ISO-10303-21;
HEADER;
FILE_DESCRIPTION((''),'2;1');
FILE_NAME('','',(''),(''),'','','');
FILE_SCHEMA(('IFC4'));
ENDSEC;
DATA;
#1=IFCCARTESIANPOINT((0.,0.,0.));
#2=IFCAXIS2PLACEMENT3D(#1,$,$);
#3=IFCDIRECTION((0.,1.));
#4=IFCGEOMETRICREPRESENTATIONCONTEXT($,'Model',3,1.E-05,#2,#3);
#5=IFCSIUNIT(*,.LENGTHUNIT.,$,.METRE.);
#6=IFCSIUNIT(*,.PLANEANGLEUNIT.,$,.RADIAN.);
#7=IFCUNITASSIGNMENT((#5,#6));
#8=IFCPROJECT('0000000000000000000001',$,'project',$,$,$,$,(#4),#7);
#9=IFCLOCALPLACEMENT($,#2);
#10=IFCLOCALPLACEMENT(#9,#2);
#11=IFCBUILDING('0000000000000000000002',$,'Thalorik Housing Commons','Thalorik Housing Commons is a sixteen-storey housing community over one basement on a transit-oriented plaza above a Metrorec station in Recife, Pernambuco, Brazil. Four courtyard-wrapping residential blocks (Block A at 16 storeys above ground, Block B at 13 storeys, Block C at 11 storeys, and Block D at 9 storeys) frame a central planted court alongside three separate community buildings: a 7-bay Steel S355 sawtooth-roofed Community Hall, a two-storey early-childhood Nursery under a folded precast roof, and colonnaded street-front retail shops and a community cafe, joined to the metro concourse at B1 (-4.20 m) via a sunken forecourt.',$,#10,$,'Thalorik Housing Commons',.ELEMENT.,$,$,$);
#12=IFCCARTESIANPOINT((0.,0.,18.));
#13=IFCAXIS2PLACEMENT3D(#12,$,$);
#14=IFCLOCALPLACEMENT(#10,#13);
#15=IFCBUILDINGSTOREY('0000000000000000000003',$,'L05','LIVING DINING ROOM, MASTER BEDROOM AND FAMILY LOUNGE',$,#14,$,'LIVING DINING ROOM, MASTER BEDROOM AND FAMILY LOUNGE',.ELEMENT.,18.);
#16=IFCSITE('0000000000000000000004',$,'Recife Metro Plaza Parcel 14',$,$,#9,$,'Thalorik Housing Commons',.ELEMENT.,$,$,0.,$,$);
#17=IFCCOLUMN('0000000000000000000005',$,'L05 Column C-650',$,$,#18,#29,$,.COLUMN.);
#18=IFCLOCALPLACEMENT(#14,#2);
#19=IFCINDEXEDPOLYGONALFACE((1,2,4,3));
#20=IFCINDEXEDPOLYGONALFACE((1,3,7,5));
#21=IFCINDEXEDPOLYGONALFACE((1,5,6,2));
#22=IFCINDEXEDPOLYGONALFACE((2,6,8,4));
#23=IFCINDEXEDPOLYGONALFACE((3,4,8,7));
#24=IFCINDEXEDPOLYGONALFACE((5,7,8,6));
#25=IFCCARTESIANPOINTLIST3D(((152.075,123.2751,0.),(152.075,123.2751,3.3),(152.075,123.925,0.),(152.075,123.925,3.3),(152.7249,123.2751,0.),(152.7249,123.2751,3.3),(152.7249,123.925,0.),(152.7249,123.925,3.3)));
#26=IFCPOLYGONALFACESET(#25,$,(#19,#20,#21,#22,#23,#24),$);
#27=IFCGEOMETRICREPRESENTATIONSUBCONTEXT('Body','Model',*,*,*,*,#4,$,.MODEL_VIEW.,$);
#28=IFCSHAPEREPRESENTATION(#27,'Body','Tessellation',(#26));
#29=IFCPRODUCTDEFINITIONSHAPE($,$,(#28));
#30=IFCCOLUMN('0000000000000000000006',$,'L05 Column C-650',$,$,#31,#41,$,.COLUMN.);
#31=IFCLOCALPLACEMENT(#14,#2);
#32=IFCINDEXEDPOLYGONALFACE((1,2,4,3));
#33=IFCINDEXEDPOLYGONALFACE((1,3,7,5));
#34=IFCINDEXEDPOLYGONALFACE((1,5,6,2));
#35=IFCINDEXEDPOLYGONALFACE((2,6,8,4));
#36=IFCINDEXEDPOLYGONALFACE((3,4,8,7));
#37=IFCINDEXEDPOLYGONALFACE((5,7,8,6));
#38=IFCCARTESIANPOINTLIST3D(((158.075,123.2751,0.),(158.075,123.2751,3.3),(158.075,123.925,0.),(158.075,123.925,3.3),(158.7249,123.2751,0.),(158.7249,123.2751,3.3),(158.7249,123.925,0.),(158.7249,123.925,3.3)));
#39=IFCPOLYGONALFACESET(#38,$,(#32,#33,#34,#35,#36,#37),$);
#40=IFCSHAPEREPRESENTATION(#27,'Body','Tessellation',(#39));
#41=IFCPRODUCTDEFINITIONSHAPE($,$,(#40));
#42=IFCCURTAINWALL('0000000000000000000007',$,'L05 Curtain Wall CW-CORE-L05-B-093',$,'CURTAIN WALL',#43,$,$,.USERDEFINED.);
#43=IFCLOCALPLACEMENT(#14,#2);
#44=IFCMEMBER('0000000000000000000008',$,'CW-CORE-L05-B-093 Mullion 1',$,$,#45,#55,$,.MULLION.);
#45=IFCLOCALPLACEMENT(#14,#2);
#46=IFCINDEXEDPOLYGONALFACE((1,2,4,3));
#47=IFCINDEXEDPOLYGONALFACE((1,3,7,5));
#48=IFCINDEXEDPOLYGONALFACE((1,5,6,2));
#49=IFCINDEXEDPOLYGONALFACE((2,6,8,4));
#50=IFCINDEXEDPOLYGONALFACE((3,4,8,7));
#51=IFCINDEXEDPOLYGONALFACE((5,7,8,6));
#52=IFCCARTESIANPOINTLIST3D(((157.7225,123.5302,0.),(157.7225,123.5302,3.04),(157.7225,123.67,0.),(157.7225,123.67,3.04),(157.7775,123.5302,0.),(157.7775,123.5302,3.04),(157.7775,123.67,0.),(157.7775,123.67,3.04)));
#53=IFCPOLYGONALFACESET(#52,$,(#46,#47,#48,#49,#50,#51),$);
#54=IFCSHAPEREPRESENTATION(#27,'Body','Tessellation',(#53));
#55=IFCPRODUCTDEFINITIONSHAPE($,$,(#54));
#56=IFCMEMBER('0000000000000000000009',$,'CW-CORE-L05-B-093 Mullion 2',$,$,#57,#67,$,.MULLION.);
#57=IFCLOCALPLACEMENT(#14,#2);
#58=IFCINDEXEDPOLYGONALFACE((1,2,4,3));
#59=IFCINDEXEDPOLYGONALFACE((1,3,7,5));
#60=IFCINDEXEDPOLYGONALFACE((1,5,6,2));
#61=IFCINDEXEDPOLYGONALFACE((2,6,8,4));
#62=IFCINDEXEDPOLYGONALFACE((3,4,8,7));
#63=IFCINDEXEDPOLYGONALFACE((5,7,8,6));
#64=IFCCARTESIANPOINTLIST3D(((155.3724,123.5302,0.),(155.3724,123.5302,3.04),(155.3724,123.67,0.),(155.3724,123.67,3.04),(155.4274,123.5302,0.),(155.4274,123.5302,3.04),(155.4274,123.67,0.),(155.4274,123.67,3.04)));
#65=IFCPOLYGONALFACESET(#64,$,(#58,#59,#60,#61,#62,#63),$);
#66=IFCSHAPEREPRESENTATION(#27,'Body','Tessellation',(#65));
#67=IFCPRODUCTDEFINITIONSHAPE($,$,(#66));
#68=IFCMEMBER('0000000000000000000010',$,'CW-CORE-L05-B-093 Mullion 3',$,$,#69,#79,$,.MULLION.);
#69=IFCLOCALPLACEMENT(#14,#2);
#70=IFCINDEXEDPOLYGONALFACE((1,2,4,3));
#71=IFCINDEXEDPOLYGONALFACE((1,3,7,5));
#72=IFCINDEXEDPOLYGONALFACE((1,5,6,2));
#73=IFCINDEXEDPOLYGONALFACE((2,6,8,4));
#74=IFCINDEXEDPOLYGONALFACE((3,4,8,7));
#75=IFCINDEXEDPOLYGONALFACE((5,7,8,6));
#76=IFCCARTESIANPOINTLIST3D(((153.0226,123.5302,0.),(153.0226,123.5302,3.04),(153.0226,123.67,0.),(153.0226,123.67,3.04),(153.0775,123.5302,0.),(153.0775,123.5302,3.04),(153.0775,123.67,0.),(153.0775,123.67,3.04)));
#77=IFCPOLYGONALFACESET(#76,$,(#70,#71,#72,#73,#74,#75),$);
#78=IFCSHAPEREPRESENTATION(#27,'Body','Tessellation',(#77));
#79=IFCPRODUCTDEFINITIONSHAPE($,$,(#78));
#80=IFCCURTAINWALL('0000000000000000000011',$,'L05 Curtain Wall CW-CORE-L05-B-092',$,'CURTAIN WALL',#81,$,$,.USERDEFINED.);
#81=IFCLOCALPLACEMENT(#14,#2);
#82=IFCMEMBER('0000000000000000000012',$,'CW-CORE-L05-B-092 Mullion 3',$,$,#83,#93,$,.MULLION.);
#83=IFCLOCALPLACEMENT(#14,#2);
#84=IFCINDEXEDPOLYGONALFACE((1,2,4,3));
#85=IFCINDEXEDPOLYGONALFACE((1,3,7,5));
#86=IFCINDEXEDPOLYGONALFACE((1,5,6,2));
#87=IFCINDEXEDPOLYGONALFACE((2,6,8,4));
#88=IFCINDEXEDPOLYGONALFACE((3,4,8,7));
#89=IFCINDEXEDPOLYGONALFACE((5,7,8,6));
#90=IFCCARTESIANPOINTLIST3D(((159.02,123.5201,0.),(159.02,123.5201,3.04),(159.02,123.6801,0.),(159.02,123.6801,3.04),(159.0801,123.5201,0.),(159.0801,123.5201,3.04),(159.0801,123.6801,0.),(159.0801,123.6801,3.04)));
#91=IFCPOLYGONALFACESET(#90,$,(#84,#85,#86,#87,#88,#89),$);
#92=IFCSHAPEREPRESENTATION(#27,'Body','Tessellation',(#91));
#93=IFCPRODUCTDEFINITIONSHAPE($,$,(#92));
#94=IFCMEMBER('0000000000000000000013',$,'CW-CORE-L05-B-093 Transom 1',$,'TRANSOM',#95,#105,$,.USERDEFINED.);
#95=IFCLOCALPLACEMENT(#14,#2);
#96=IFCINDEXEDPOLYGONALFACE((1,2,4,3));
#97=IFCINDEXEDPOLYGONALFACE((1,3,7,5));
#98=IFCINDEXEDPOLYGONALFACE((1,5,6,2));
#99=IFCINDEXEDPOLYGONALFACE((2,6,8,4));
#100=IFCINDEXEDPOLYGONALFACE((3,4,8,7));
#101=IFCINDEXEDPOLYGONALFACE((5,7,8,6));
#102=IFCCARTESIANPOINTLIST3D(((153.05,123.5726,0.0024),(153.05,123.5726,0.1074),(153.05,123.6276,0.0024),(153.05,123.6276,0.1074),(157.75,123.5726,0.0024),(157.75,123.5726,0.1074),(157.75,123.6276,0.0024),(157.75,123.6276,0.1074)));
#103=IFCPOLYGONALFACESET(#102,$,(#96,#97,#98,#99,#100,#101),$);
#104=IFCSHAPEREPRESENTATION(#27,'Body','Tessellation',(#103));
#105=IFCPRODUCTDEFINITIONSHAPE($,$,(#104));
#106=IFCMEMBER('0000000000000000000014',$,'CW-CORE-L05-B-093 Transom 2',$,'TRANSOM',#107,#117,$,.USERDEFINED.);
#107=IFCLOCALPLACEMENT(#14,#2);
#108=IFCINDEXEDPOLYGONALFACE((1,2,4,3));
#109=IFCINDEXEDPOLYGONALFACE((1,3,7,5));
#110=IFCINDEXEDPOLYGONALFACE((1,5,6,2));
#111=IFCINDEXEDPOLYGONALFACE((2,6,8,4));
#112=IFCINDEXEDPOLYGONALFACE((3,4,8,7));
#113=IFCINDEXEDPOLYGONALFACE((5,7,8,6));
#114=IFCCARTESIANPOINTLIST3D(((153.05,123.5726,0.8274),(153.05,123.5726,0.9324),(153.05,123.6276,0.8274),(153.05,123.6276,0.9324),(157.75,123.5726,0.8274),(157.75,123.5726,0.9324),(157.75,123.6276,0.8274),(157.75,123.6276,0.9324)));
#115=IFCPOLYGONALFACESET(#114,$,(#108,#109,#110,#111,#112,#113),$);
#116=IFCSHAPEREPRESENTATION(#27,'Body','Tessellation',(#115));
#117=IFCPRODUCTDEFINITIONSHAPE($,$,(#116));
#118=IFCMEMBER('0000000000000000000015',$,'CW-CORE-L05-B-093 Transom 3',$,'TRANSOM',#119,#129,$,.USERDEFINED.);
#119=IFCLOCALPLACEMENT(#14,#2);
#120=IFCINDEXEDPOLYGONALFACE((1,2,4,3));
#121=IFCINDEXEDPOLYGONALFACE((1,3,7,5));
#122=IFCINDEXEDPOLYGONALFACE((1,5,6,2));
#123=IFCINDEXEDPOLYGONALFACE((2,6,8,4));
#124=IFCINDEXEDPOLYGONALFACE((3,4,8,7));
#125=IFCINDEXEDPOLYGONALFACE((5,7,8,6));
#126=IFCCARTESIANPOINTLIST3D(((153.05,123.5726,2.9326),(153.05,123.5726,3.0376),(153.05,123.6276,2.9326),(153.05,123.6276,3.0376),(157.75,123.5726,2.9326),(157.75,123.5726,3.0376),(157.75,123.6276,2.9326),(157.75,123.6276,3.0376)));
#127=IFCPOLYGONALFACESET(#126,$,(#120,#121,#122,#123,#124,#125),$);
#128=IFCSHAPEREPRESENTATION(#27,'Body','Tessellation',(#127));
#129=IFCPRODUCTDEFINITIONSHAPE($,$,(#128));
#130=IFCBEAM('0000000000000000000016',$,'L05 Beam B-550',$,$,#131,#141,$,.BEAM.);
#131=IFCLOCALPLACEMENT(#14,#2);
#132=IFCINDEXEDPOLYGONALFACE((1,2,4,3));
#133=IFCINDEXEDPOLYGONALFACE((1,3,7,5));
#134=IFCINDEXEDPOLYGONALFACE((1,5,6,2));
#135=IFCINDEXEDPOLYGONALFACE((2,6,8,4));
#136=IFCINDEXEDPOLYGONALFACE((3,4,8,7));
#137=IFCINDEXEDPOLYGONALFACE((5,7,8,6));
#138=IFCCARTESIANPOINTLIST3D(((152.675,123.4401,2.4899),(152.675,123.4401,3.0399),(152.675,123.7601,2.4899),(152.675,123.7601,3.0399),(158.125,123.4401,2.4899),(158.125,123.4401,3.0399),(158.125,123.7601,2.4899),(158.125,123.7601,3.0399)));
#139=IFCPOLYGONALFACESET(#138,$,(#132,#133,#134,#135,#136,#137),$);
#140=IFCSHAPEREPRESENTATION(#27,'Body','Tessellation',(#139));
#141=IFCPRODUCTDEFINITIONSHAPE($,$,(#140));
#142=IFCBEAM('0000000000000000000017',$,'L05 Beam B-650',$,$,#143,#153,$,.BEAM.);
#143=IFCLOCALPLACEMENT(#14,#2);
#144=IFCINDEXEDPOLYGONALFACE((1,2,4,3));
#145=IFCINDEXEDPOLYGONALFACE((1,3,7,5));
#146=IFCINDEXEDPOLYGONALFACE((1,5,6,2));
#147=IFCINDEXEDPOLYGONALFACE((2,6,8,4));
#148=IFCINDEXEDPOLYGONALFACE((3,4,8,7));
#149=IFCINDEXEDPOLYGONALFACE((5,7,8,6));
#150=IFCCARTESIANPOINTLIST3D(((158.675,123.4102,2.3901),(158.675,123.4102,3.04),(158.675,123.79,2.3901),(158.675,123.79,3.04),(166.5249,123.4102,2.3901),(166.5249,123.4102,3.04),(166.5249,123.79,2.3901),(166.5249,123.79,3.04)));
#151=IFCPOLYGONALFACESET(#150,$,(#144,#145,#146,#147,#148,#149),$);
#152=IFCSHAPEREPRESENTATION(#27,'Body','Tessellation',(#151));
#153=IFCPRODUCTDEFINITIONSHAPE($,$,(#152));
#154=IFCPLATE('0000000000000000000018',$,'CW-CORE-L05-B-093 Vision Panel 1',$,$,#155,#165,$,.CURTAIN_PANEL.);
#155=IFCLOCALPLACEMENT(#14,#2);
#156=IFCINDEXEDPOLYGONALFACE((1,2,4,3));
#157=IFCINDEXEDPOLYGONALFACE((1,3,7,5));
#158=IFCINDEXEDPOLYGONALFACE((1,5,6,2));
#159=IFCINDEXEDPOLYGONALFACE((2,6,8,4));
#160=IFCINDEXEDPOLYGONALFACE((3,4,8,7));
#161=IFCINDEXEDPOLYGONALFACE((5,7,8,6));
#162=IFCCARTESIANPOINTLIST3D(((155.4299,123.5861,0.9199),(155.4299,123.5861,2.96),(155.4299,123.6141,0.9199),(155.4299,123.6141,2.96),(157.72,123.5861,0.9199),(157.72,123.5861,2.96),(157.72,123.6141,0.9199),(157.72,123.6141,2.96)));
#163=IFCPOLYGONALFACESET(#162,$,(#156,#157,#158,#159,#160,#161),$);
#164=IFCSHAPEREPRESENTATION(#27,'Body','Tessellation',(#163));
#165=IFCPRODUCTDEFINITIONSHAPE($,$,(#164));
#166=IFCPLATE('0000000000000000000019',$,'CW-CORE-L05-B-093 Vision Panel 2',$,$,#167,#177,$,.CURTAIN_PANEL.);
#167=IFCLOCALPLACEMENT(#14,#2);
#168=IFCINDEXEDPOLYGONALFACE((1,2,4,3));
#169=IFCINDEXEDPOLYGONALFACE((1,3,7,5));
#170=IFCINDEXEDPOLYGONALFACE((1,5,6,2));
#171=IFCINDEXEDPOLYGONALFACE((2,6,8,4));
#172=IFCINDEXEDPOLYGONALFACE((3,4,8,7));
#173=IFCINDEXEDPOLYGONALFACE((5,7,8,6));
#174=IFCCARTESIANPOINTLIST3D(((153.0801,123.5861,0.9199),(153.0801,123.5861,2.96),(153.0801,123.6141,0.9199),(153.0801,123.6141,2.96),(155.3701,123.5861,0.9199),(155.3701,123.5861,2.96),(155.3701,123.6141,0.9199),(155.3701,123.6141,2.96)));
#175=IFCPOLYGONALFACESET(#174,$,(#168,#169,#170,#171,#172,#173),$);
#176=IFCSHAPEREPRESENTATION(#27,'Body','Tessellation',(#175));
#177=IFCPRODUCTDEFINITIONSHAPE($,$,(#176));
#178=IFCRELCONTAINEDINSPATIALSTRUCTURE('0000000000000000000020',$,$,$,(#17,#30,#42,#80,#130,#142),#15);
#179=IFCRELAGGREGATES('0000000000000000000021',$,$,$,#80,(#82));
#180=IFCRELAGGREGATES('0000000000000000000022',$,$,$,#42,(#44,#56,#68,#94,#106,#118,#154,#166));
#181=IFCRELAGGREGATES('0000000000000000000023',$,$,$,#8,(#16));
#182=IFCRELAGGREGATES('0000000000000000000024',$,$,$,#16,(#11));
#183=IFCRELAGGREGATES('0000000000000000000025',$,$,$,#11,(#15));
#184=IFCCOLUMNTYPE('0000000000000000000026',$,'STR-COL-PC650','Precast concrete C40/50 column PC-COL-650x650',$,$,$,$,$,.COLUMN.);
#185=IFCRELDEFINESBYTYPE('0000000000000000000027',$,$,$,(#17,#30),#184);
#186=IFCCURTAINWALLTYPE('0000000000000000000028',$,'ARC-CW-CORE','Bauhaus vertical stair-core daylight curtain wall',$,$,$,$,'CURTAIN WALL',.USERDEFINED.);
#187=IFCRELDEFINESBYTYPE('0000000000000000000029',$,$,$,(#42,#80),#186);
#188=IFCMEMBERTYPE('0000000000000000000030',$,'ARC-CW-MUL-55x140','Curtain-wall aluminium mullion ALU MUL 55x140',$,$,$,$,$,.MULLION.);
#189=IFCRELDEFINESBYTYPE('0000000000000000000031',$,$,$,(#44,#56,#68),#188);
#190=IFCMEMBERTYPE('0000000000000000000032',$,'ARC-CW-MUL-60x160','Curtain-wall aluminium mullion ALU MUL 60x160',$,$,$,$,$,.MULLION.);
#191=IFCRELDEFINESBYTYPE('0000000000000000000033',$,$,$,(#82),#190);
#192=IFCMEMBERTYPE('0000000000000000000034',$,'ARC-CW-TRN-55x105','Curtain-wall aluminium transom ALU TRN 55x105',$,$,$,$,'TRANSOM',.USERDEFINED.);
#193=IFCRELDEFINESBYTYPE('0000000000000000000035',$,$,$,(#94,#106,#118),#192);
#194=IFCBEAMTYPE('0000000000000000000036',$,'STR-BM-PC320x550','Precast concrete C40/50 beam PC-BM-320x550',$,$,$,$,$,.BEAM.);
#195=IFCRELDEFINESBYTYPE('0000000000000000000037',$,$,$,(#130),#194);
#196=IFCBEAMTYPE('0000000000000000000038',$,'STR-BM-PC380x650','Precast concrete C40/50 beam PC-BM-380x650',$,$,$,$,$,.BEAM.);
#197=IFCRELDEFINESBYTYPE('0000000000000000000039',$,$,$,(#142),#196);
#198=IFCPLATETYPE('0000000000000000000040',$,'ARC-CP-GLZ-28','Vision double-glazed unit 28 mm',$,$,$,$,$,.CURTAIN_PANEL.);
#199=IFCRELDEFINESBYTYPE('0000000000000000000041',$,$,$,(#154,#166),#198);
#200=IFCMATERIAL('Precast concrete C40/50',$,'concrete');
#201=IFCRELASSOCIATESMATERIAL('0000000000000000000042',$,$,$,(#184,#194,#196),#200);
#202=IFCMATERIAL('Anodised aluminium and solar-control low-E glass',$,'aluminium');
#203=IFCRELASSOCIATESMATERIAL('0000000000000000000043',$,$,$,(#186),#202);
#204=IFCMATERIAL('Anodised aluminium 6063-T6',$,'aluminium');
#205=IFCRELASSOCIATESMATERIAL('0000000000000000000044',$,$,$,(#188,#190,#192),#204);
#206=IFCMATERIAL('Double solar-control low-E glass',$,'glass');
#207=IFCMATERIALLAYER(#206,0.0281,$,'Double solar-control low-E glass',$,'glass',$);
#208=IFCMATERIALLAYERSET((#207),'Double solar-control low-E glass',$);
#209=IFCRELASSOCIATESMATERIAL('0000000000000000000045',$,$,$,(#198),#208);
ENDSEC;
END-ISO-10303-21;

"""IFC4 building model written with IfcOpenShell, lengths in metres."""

from ifc_helpers import new_model, si_unit, direction, frame, origin, origin_2d, place, context, subcontext, project, spatial, rectangle, extrude, material, layer, layer_set, material_profile, profile_set, type_object, element, aggregate, save


model = new_model("IFC4")

# Units and contexts
model_context = context("Model", 3, precision=1e-05, world=origin(), true_north=direction((0.0, 1.0)))
body_context = subcontext(model_context, "Body", "Model", "MODEL_VIEW")
ifc_project = project(units=[si_unit("LENGTHUNIT", "METRE"), si_unit("PLANEANGLEUNIT", "RADIAN")], contexts=[model_context])

# Site, building, storey
site_placement = place(None, origin())
site = spatial("IfcSite", under=ifc_project, at=site_placement, Name="Recife Metro Plaza Parcel 14", LongName="Thalorik Housing Commons", CompositionType="ELEMENT", RefElevation=0.0)
building_placement = place(site_placement, origin())
building = spatial("IfcBuilding", under=site, at=building_placement, Name="Thalorik Housing Commons", Description="Thalorik Housing Commons is a sixteen-storey housing community over one basement on a transit-oriented plaza above a Metrorec station in Recife, Pernambuco, Brazil. Four courtyard-wrapping residential blocks (Block A at 16 storeys above ground, Block B at 13 storeys, Block C at 11 storeys, and Block D at 9 storeys) frame a central planted court alongside three separate community buildings: a 7-bay Steel S355 sawtooth-roofed Community Hall, a two-storey early-childhood Nursery under a folded precast roof, and colonnaded street-front retail shops and a community cafe, joined to the metro concourse at B1 (-4.20 m) via a sunken forecourt.", LongName="Thalorik Housing Commons", CompositionType="ELEMENT")
storey_placement = place(building_placement, frame((0.0, 0.0, 18.0)))
storey = spatial("IfcBuildingStorey", under=building, at=storey_placement, Name="L05", Description="LIVING DINING ROOM, MASTER BEDROOM AND FAMILY LOUNGE", LongName="LIVING DINING ROOM, MASTER BEDROOM AND FAMILY LOUNGE", CompositionType="ELEMENT", Elevation=18.0)

# Columns
ifc_material_1 = material(Name="Precast concrete C40/50", Category="concrete")
ifc_material_profile_1 = material_profile(ifc_material_1, rectangle(XDim=0.6499, YDim=0.6499, at=origin_2d()), Name="PC 650x650", Category="concrete")
ifc_profile_set_1 = profile_set([ifc_material_profile_1], Name="Precast concrete C40/50")
column_type = type_object("IfcColumnType", Name="STR-COL-PC650", Description="Precast concrete C40/50 column PC-COL-650x650", PredefinedType="COLUMN", material=ifc_profile_set_1)
for number, where, z_axis, x_axis, name in (
    (1, (152.3999, 123.6001, 0.0), (0.0, 0.0, 1.0), (1.0, 0.0, 0.0), "L05 Column C-650"),
    (2, (158.3999, 123.6001, 0.0), (0.0, 0.0, 1.0), (1.0, 0.0, 0.0), "L05 Column C-650"),
):
    element("IfcColumn", number, at=place(storey_placement, frame(where, z_axis=z_axis, x_axis=x_axis)), inside=storey, type_object=column_type, Name=name, PredefinedType="COLUMN", context=body_context, shape_type="SweptSolid", body=[
        extrude(rectangle(XDim=0.6499, YDim=0.6499, at=origin_2d()), origin(), (0.0, 0.0, 1.0), 3.3),
    ])

# Curtain wall, members
ifc_material_2 = material(Name="Anodised aluminium and solar-control low-E glass", Category="aluminium")
curtain_wall_type = type_object("IfcCurtainWallType", Name="ARC-CW-CORE", Description="Bauhaus vertical stair-core daylight curtain wall", ElementType="CURTAIN WALL", PredefinedType="USERDEFINED", material=ifc_material_2)
curtain_wall_1_placement = place(storey_placement, origin())
curtain_wall_1 = element("IfcCurtainWall", 3, at=curtain_wall_1_placement, inside=storey, type_object=curtain_wall_type, Name="L05 Curtain Wall CW-CORE-L05-B-093", ObjectType="CURTAIN WALL", PredefinedType="USERDEFINED")
ifc_material_3 = material(Name="Anodised aluminium 6063-T6", Category="aluminium")
ifc_material_profile_2 = material_profile(ifc_material_3, rectangle(XDim=0.0549, YDim=0.1399, at=origin_2d()), Name="ALU MUL 55x140", Category="aluminium")
ifc_profile_set_2 = profile_set([ifc_material_profile_2], Name="Anodised aluminium 6063-T6")
member_type_1 = type_object("IfcMemberType", Name="ARC-CW-MUL-55x140", Description="Curtain-wall aluminium mullion ALU MUL 55x140", PredefinedType="MULLION", material=ifc_profile_set_2)
member_1_placement = place(storey_placement, frame((157.75, 123.6001, 0.0), z_axis=(0.0, 0.0, 1.0), x_axis=(-1.0, 0.0, 0.0)))
member_1 = element("IfcMember", 4, at=member_1_placement, type_object=member_type_1, Name="CW-CORE-L05-B-093 Mullion 1", PredefinedType="MULLION", context=body_context, shape_type="SweptSolid", body=[
    extrude(rectangle(XDim=0.0549, YDim=0.1399, at=origin_2d()), origin(), (0.0, 0.0, 1.0), 3.04),
])
member_2_placement = place(storey_placement, frame((155.3999, 123.6001, 0.0), z_axis=(0.0, 0.0, 1.0), x_axis=(-1.0, 0.0, 0.0)))
member_2 = element("IfcMember", 5, at=member_2_placement, type_object=member_type_1, Name="CW-CORE-L05-B-093 Mullion 2", PredefinedType="MULLION", context=body_context, shape_type="SweptSolid", body=[
    extrude(rectangle(XDim=0.0549, YDim=0.1399, at=origin_2d()), origin(), (0.0, 0.0, 1.0), 3.04),
])
member_3_placement = place(storey_placement, frame((153.05, 123.6001, 0.0), z_axis=(0.0, 0.0, 1.0), x_axis=(-1.0, 0.0, 0.0)))
member_3 = element("IfcMember", 6, at=member_3_placement, type_object=member_type_1, Name="CW-CORE-L05-B-093 Mullion 3", PredefinedType="MULLION", context=body_context, shape_type="SweptSolid", body=[
    extrude(rectangle(XDim=0.0549, YDim=0.1399, at=origin_2d()), origin(), (0.0, 0.0, 1.0), 3.04),
])

# Curtain wall, member
curtain_wall_2_placement = place(storey_placement, origin())
curtain_wall_2 = element("IfcCurtainWall", 7, at=curtain_wall_2_placement, inside=storey, type_object=curtain_wall_type, Name="L05 Curtain Wall CW-CORE-L05-B-092", ObjectType="CURTAIN WALL", PredefinedType="USERDEFINED")
ifc_material_profile_3 = material_profile(ifc_material_3, rectangle(XDim=0.0601, YDim=0.1599, at=origin_2d()), Name="ALU MUL 60x160", Category="aluminium")
ifc_profile_set_3 = profile_set([ifc_material_profile_3], Name="Anodised aluminium 6063-T6")
member_type_2 = type_object("IfcMemberType", Name="ARC-CW-MUL-60x160", Description="Curtain-wall aluminium mullion ALU MUL 60x160", PredefinedType="MULLION", material=ifc_profile_set_3)
member_4_placement = place(storey_placement, frame((159.05, 123.6001, 0.0), z_axis=(0.0, 0.0, 1.0), x_axis=(-1.0, 0.0, 0.0)))
member_4 = element("IfcMember", 8, at=member_4_placement, type_object=member_type_2, Name="CW-CORE-L05-B-092 Mullion 3", PredefinedType="MULLION", context=body_context, shape_type="SweptSolid", body=[
    extrude(rectangle(XDim=0.0601, YDim=0.1599, at=origin_2d()), origin(), (0.0, 0.0, 1.0), 3.04),
])
aggregate(curtain_wall_2, [member_4])

# Members
ifc_material_profile_4 = material_profile(ifc_material_3, rectangle(XDim=0.0549, YDim=0.105, at=origin_2d()), Name="ALU TRN 55x105", Category="aluminium")
ifc_profile_set_4 = profile_set([ifc_material_profile_4], Name="Anodised aluminium 6063-T6")
member_type_3 = type_object("IfcMemberType", Name="ARC-CW-TRN-55x105", Description="Curtain-wall aluminium transom ALU TRN 55x105", ElementType="TRANSOM", PredefinedType="USERDEFINED", material=ifc_profile_set_4)
member_5_placement = place(storey_placement, frame((157.75, 123.6001, 0.0549), z_axis=(-1.0, 0.0, 0.0), x_axis=(0.0, -1.0, 0.0)))
member_5 = element("IfcMember", 9, at=member_5_placement, type_object=member_type_3, Name="CW-CORE-L05-B-093 Transom 1", ObjectType="TRANSOM", PredefinedType="USERDEFINED", context=body_context, shape_type="SweptSolid", body=[
    extrude(rectangle(XDim=0.0549, YDim=0.105, at=origin_2d()), origin(), (0.0, 0.0, 1.0), 4.7),
])
member_6_placement = place(storey_placement, frame((157.75, 123.6001, 0.8799), z_axis=(-1.0, 0.0, 0.0), x_axis=(0.0, -1.0, 0.0)))
member_6 = element("IfcMember", 10, at=member_6_placement, type_object=member_type_3, Name="CW-CORE-L05-B-093 Transom 2", ObjectType="TRANSOM", PredefinedType="USERDEFINED", context=body_context, shape_type="SweptSolid", body=[
    extrude(rectangle(XDim=0.0549, YDim=0.105, at=origin_2d()), origin(), (0.0, 0.0, 1.0), 4.7),
])
member_7_placement = place(storey_placement, frame((157.75, 123.6001, 2.9851), z_axis=(-1.0, 0.0, 0.0), x_axis=(0.0, -1.0, 0.0)))
member_7 = element("IfcMember", 11, at=member_7_placement, type_object=member_type_3, Name="CW-CORE-L05-B-093 Transom 3", ObjectType="TRANSOM", PredefinedType="USERDEFINED", context=body_context, shape_type="SweptSolid", body=[
    extrude(rectangle(XDim=0.0549, YDim=0.105, at=origin_2d()), origin(), (0.0, 0.0, 1.0), 4.7),
])

# Beams
ifc_material_profile_5 = material_profile(ifc_material_1, rectangle(XDim=0.3201, YDim=0.55, at=origin_2d()), Name="PC 320x550", Category="concrete")
ifc_profile_set_5 = profile_set([ifc_material_profile_5], Name="Precast concrete C40/50")
beam_type_1 = type_object("IfcBeamType", Name="STR-BM-PC320x550", Description="Precast concrete C40/50 beam PC-BM-320x550", PredefinedType="BEAM", material=ifc_profile_set_5)
beam_1_placement = place(storey_placement, frame((152.675, 123.6001, 2.7649), z_axis=(1.0, 0.0, 0.0), x_axis=(0.0, 1.0, 0.0)))
element("IfcBeam", 12, at=beam_1_placement, inside=storey, type_object=beam_type_1, Name="L05 Beam B-550", PredefinedType="BEAM", context=body_context, shape_type="SweptSolid", body=[
    extrude(rectangle(XDim=0.3201, YDim=0.55, at=origin_2d()), origin(), (0.0, 0.0, 1.0), 5.45),
])
ifc_material_profile_6 = material_profile(ifc_material_1, rectangle(XDim=0.3799, YDim=0.6499, at=origin_2d()), Name="PC 380x650", Category="concrete")
ifc_profile_set_6 = profile_set([ifc_material_profile_6], Name="Precast concrete C40/50")
beam_type_2 = type_object("IfcBeamType", Name="STR-BM-PC380x650", Description="Precast concrete C40/50 beam PC-BM-380x650", PredefinedType="BEAM", material=ifc_profile_set_6)
beam_2_placement = place(storey_placement, frame((158.675, 123.6001, 2.7151), z_axis=(1.0, 0.0, 0.0), x_axis=(0.0, 1.0, 0.0)))
element("IfcBeam", 13, at=beam_2_placement, inside=storey, type_object=beam_type_2, Name="L05 Beam B-650", PredefinedType="BEAM", context=body_context, shape_type="SweptSolid", body=[
    extrude(rectangle(XDim=0.3799, YDim=0.6499, at=origin_2d()), origin(), (0.0, 0.0, 1.0), 7.8499),
])

# Plates
ifc_material_4 = material(Name="Double solar-control low-E glass", Category="glass")
ifc_layer_1 = layer(ifc_material_4, 0.0281, Name="Double solar-control low-E glass", Category="glass")
ifc_layer_set_1 = layer_set([ifc_layer_1], Name="Double solar-control low-E glass")
plate_type_1 = type_object("IfcPlateType", Name="ARC-CP-GLZ-28", Description="Vision double-glazed unit 28 mm", PredefinedType="CURTAIN_PANEL", material=ifc_layer_set_1)
plate_1_placement = place(storey_placement, frame((156.575, 123.6001, 0.9199), z_axis=(0.0, 0.0, 1.0), x_axis=(-1.0, 0.0, 0.0)))
plate_1 = element("IfcPlate", 14, at=plate_1_placement, type_object=plate_type_1, Name="CW-CORE-L05-B-093 Vision Panel 1", PredefinedType="CURTAIN_PANEL", context=body_context, shape_type="SweptSolid", body=[
    extrude(rectangle(XDim=2.29, YDim=0.0281, at=origin_2d()), origin(), (0.0, 0.0, 1.0), 2.04),
])
plate_2_placement = place(storey_placement, frame((154.2251, 123.6001, 0.9199), z_axis=(0.0, 0.0, 1.0), x_axis=(-1.0, 0.0, 0.0)))
plate_2 = element("IfcPlate", 15, at=plate_2_placement, type_object=plate_type_1, Name="CW-CORE-L05-B-093 Vision Panel 2", PredefinedType="CURTAIN_PANEL", context=body_context, shape_type="SweptSolid", body=[
    extrude(rectangle(XDim=2.29, YDim=0.0281, at=origin_2d()), origin(), (0.0, 0.0, 1.0), 2.04),
])
aggregate(curtain_wall_1, [member_1, member_2, member_3, member_5, member_6, member_7, plate_1, plate_2])

save(model, "model.ifc")
